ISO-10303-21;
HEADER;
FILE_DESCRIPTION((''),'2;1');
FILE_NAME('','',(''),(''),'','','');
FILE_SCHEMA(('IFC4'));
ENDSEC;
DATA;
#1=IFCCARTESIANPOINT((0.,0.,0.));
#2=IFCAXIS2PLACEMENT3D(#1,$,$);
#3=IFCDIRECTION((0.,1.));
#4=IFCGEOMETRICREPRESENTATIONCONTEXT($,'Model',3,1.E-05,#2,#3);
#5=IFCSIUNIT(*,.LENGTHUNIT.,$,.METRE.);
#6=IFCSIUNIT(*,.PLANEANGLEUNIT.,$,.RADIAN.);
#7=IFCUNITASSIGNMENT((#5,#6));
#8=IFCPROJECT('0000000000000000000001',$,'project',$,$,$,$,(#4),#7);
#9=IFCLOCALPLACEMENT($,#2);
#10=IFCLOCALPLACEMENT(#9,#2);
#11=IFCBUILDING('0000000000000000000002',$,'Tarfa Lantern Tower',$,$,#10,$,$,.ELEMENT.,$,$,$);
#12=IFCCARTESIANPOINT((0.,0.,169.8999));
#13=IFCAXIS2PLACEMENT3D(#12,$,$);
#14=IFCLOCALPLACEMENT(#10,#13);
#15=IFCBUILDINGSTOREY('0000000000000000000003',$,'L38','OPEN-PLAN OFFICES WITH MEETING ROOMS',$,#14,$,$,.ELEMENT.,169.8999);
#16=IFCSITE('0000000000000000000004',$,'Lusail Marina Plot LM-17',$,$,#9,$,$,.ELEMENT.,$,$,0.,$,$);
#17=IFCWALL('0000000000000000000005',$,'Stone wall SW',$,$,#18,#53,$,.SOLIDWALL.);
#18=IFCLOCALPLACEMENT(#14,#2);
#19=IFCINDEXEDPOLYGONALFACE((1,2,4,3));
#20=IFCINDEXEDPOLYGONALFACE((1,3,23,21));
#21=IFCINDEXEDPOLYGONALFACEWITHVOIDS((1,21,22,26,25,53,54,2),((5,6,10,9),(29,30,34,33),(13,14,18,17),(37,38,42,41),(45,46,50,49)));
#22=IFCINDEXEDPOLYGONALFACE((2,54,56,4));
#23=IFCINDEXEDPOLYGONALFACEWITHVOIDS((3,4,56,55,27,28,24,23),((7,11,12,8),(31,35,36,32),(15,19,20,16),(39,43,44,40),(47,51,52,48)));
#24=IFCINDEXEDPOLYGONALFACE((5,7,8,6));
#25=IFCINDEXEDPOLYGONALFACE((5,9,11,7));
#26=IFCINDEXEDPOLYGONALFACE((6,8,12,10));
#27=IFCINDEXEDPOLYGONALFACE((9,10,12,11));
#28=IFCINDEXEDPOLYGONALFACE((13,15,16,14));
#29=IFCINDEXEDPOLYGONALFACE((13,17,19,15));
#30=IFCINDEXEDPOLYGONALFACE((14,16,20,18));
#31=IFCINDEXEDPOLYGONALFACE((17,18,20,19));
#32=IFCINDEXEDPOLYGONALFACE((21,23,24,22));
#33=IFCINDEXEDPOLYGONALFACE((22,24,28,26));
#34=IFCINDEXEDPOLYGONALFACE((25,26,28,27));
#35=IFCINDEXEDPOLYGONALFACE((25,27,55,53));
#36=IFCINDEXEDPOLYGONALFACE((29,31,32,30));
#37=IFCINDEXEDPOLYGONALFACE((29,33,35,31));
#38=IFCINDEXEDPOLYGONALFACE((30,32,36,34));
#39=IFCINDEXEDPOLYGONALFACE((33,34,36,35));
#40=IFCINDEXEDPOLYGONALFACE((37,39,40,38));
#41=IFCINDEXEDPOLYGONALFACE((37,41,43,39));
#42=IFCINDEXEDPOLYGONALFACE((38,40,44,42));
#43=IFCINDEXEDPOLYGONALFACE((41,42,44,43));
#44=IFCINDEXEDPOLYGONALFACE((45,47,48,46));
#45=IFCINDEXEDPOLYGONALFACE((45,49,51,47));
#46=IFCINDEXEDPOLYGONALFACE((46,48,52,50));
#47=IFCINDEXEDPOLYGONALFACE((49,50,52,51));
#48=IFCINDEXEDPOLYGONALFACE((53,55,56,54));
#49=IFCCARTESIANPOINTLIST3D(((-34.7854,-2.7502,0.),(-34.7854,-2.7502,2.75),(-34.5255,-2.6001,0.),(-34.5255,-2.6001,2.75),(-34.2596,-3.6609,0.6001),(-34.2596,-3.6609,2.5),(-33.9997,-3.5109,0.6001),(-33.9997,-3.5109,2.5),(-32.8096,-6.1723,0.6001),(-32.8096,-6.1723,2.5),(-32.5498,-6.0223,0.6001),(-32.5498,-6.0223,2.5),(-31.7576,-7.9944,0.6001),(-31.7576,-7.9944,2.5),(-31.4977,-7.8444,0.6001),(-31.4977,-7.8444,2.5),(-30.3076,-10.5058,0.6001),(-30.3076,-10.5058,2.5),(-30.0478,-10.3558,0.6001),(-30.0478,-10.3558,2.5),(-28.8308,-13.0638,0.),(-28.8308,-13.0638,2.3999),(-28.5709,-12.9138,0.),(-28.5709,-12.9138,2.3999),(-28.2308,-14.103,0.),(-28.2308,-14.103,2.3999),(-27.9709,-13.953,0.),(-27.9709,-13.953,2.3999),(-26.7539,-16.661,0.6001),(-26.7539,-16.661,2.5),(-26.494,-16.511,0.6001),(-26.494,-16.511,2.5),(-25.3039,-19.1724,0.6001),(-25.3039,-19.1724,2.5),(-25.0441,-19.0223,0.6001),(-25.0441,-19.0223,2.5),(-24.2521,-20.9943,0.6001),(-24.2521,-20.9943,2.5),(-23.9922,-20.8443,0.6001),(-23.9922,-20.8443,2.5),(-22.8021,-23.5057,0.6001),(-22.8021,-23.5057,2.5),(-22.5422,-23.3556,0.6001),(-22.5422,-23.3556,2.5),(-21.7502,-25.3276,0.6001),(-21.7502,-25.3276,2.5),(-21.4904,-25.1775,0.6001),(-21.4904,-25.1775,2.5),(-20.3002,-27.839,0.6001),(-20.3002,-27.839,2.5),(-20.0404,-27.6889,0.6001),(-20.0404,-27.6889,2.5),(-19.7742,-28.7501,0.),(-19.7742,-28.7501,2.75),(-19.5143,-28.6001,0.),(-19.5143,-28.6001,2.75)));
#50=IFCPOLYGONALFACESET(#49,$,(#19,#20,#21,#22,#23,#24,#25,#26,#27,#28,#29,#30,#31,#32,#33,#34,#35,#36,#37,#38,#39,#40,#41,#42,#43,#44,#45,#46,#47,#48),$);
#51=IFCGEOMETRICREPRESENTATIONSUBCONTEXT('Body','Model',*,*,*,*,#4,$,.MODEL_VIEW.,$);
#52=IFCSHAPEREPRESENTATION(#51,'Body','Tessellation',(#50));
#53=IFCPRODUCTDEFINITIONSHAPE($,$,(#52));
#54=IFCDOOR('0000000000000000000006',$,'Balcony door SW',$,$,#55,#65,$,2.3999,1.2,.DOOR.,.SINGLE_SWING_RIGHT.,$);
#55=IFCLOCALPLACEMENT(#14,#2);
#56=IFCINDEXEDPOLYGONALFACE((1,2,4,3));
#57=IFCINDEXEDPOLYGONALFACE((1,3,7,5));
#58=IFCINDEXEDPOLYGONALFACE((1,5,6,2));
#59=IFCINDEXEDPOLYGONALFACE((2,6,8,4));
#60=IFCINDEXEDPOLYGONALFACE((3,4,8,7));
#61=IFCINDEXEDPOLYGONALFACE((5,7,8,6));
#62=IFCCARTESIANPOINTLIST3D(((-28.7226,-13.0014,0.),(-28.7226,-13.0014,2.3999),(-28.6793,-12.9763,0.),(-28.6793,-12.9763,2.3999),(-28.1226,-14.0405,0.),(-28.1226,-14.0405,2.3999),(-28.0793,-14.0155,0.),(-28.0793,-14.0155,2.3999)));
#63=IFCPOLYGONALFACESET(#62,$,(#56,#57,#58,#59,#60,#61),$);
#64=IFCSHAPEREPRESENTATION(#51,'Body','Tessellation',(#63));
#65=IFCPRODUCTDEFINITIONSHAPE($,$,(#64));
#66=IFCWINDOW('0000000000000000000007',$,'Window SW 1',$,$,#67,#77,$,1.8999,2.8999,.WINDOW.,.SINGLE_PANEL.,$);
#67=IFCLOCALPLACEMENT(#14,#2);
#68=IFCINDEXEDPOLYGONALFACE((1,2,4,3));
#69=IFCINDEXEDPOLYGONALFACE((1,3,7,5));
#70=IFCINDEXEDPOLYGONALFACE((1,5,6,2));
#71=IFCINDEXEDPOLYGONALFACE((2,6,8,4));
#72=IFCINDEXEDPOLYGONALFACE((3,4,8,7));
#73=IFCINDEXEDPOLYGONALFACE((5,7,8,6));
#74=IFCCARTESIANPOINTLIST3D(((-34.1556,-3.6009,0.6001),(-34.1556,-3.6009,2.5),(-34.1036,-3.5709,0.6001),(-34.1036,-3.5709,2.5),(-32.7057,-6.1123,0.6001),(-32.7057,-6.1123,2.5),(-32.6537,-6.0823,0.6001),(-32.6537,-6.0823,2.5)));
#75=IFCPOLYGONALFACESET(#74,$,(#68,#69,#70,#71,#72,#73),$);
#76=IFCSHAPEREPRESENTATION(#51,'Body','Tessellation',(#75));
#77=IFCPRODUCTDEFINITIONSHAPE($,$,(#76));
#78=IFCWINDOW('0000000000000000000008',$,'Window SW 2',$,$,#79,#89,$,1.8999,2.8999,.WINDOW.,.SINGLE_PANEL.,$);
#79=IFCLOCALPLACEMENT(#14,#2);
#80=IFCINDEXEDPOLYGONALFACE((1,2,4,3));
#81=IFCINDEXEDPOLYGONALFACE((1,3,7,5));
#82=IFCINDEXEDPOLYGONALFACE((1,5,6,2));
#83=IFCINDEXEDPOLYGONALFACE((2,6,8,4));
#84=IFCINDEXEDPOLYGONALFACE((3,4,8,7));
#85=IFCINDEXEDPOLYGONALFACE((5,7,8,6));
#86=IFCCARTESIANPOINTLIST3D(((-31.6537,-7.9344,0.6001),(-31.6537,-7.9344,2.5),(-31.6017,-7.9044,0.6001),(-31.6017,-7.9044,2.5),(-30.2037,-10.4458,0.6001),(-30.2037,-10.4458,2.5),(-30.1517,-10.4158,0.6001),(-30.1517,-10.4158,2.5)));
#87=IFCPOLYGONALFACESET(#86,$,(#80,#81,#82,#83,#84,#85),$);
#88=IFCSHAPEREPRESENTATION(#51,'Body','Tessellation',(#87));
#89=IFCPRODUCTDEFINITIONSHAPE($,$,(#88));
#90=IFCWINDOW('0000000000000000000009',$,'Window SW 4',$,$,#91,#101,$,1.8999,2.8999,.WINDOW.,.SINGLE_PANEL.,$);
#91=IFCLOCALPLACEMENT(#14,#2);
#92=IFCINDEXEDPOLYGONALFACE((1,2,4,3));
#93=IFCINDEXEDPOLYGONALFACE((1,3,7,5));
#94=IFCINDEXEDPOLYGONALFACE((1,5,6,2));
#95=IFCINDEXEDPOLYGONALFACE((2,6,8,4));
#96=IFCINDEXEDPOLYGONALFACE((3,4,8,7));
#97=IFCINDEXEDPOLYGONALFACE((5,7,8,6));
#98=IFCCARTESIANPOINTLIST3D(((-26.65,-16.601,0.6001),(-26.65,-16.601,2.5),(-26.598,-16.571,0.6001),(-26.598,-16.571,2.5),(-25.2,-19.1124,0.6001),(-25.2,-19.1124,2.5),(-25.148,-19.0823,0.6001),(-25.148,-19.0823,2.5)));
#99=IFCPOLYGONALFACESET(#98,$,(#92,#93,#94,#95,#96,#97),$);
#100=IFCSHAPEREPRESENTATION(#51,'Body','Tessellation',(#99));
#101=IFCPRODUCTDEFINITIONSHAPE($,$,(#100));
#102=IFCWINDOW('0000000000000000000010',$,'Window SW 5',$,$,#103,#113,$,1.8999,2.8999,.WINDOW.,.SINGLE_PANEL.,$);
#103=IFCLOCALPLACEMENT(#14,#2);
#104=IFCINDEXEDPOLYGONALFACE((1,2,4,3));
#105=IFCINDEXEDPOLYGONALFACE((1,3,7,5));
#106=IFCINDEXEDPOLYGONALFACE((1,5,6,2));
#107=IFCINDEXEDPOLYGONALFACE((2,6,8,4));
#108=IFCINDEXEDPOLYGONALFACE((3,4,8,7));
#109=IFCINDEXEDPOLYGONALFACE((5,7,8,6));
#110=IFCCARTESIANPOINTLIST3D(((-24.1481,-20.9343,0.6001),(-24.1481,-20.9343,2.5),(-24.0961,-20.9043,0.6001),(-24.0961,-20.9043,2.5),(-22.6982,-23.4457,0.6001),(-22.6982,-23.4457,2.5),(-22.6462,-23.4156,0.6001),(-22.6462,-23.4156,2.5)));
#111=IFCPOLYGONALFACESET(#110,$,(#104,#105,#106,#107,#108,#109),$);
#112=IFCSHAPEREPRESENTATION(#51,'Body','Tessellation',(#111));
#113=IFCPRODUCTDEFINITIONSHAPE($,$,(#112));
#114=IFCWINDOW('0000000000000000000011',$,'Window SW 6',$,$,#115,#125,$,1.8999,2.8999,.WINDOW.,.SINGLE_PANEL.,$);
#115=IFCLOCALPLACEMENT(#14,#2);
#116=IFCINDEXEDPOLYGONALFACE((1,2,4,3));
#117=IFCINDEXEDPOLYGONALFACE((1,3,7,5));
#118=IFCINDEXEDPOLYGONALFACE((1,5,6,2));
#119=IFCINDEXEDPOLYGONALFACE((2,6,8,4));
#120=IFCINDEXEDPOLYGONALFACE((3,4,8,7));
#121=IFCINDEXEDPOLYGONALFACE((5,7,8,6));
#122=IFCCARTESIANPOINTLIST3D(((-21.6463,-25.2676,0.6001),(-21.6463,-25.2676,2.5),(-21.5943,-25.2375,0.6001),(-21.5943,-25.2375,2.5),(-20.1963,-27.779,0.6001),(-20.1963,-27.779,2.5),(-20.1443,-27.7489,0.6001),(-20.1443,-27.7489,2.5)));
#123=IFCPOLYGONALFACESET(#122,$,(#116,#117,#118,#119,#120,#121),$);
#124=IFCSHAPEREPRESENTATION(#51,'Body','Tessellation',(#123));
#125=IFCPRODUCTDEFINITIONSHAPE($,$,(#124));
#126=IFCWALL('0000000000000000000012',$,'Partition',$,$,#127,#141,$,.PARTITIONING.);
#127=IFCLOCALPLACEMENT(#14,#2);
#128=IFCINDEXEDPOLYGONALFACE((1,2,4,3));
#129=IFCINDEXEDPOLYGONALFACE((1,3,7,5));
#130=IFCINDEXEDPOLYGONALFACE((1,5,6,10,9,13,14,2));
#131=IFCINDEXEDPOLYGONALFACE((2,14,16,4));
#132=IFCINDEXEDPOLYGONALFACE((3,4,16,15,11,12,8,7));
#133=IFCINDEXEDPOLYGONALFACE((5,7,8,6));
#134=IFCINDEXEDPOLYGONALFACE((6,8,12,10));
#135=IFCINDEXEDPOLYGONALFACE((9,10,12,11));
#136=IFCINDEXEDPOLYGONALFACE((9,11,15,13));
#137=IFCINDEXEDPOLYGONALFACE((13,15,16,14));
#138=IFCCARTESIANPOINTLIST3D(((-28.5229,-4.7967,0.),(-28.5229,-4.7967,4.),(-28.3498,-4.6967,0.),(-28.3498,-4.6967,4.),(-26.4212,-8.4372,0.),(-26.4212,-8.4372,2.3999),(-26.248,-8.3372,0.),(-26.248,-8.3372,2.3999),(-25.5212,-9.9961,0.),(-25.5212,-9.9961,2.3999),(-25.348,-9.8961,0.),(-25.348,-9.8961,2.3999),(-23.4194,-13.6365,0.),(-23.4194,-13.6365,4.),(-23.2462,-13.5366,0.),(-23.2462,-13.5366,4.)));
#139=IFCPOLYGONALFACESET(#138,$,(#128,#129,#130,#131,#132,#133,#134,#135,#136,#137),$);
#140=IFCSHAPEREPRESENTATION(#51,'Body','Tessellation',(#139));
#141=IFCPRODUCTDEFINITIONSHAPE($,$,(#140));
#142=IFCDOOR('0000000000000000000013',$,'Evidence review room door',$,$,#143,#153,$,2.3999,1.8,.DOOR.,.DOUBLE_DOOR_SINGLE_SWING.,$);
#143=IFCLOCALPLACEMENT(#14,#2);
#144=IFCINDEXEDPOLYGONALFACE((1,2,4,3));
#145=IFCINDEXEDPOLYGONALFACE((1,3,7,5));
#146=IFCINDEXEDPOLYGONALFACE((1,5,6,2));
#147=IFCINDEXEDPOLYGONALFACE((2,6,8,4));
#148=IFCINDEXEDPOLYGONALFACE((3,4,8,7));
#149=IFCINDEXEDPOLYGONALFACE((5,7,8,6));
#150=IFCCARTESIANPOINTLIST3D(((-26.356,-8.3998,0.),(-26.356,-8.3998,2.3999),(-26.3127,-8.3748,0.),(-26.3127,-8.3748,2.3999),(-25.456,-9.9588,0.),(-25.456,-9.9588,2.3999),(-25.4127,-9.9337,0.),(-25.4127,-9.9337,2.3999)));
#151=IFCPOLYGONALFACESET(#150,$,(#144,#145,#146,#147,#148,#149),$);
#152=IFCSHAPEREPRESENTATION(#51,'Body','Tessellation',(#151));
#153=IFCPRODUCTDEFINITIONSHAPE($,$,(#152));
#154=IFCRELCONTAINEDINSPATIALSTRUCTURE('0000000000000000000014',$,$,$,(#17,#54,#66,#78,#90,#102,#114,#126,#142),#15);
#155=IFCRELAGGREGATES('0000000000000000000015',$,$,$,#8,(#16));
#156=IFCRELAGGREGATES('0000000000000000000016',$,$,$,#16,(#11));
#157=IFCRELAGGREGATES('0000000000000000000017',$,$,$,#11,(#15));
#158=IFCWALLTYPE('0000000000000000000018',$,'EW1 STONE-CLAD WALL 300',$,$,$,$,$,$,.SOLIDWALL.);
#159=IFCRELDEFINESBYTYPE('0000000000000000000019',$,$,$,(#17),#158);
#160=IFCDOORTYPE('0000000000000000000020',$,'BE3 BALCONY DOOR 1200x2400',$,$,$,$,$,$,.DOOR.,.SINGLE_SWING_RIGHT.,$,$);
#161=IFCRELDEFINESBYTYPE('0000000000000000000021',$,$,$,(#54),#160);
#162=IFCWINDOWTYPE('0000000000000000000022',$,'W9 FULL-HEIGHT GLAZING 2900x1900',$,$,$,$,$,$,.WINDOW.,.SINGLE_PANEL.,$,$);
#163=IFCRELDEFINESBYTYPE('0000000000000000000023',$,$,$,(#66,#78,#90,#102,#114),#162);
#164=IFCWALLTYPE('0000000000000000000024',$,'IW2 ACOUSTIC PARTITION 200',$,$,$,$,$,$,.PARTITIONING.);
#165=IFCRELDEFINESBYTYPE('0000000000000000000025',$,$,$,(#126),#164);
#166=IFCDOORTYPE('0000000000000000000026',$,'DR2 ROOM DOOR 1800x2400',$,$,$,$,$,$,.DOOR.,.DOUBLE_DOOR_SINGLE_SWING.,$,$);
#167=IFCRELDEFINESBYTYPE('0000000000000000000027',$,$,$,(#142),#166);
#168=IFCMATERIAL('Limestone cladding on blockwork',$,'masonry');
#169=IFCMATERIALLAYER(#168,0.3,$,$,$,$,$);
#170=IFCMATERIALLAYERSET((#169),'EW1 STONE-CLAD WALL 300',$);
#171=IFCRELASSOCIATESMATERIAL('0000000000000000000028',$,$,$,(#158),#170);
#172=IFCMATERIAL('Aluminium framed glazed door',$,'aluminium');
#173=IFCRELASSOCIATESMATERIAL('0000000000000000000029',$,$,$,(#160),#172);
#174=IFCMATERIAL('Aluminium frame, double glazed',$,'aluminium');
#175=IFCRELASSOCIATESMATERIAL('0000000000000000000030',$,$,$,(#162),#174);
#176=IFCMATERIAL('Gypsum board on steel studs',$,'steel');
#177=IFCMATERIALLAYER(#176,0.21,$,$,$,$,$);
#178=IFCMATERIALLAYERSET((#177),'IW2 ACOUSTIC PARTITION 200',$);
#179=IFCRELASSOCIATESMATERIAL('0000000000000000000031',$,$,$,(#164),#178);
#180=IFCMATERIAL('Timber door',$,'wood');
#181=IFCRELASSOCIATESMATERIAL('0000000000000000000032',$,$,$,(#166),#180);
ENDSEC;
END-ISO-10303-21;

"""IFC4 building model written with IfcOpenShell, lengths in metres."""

from ifc_helpers import new_model, si_unit, direction, frame, frame_2d, origin, place, context, subcontext, project, spatial, rectangle, extrude, material, layer, layer_set, type_object, element, fill, save


model = new_model("IFC4")

# Units and contexts
model_context = context("Model", 3, precision=1e-05, world=origin(), true_north=direction((0.0, 1.0)))
body_context = subcontext(model_context, "Body", "Model", "MODEL_VIEW")
ifc_project = project(units=[si_unit("LENGTHUNIT", "METRE"), si_unit("PLANEANGLEUNIT", "RADIAN")], contexts=[model_context])

# Site, building, storey
site_placement = place(None, origin())
site = spatial("IfcSite", under=ifc_project, at=site_placement, Name="Lusail Marina Plot LM-17", CompositionType="ELEMENT", RefElevation=0.0)
building_placement = place(site_placement, origin())
building = spatial("IfcBuilding", under=site, at=building_placement, Name="Tarfa Lantern Tower", CompositionType="ELEMENT")
storey_placement = place(building_placement, frame((0.0, 0.0, 169.8999)))
storey = spatial("IfcBuildingStorey", under=building, at=storey_placement, Name="L38", Description="OPEN-PLAN OFFICES WITH MEETING ROOMS", CompositionType="ELEMENT", Elevation=169.8999)

# Wall, openings, door, windows
ifc_material_1 = material(Name="Limestone cladding on blockwork", Category="masonry")
ifc_layer_1 = layer(ifc_material_1, 0.3)
ifc_layer_set_1 = layer_set([ifc_layer_1], Name="EW1 STONE-CLAD WALL 300")
wall_type_1 = type_object("IfcWallType", Name="EW1 STONE-CLAD WALL 300", PredefinedType="SOLIDWALL", material=ifc_layer_set_1)
wall_1_placement = place(storey_placement, frame((-34.6555, -2.675, 0.0), z_axis=(0.0, 0.0, 1.0), x_axis=(0.500003, -0.866024, 0.0)))
wall_1 = element("IfcWall", 1, at=wall_1_placement, inside=storey, type_object=wall_type_1, Name="Stone wall SW", PredefinedType="SOLIDWALL", context=body_context, shape_type="SweptSolid", body=[
    extrude(rectangle(XDim=30.0222, YDim=0.3, at=frame_2d((15.0112, 0.0))), origin(), (0.0, 0.0, 1.0), 2.75),
])
opening_1_placement = place(wall_1_placement, frame((1.0518, 0.0, 0.6001)))
opening_1 = element("IfcOpeningElement", 2, at=opening_1_placement, cuts=wall_1, PredefinedType="OPENING", context=body_context, shape_type="SweptSolid", body=[
    extrude(rectangle(XDim=2.8999, YDim=1.8999, at=frame_2d((1.45, 0.95))), frame((0.0, 0.1599, 0.0), z_axis=(0.0, -1.0, 0.0), x_axis=(1.0, 0.0, 0.0)), (0.0, 0.0, 1.0), 0.3201),
])
opening_2_placement = place(wall_1_placement, frame((6.0557, 0.0, 0.6001)))
opening_2 = element("IfcOpeningElement", 3, at=opening_2_placement, cuts=wall_1, PredefinedType="OPENING", context=body_context, shape_type="SweptSolid", body=[
    extrude(rectangle(XDim=2.8999, YDim=1.8999, at=frame_2d((1.45, 0.95))), frame((0.0, 0.1599, 0.0), z_axis=(0.0, -1.0, 0.0), x_axis=(1.0, 0.0, 0.0)), (0.0, 0.0, 1.0), 0.3201),
])
opening_3_placement = place(wall_1_placement, frame((11.9092, 0.0, 0.0)))
opening_3 = element("IfcOpeningElement", 4, at=opening_3_placement, cuts=wall_1, PredefinedType="OPENING", context=body_context, shape_type="SweptSolid", body=[
    extrude(rectangle(XDim=1.2, YDim=2.3999, at=frame_2d((0.6001, 1.2))), frame((0.0, 0.1599, 0.0), z_axis=(0.0, -1.0, 0.0), x_axis=(1.0, 0.0, 0.0)), (0.0, 0.0, 1.0), 0.3201),
])
opening_4_placement = place(wall_1_placement, frame((16.063, 0.0, 0.6001)))
opening_4 = element("IfcOpeningElement", 5, at=opening_4_placement, cuts=wall_1, PredefinedType="OPENING", context=body_context, shape_type="SweptSolid", body=[
    extrude(rectangle(XDim=2.8999, YDim=1.8999, at=frame_2d((1.45, 0.95))), frame((0.0, 0.1599, 0.0), z_axis=(0.0, -1.0, 0.0), x_axis=(1.0, 0.0, 0.0)), (0.0, 0.0, 1.0), 0.3201),
])
opening_5_placement = place(wall_1_placement, frame((21.0667, 0.0, 0.6001)))
opening_5 = element("IfcOpeningElement", 6, at=opening_5_placement, cuts=wall_1, PredefinedType="OPENING", context=body_context, shape_type="SweptSolid", body=[
    extrude(rectangle(XDim=2.8999, YDim=1.8999, at=frame_2d((1.45, 0.95))), frame((0.0, 0.1599, 0.0), z_axis=(0.0, -1.0, 0.0), x_axis=(1.0, 0.0, 0.0)), (0.0, 0.0, 1.0), 0.3201),
])
opening_6_placement = place(wall_1_placement, frame((26.0703, 0.0, 0.6001)))
opening_6 = element("IfcOpeningElement", 7, at=opening_6_placement, cuts=wall_1, PredefinedType="OPENING", context=body_context, shape_type="SweptSolid", body=[
    extrude(rectangle(XDim=2.8999, YDim=1.8999, at=frame_2d((1.45, 0.95))), frame((0.0, 0.1599, 0.0), z_axis=(0.0, -1.0, 0.0), x_axis=(1.0, 0.0, 0.0)), (0.0, 0.0, 1.0), 0.3201),
])
ifc_material_2 = material(Name="Aluminium framed glazed door", Category="aluminium")
door_type_1 = type_object("IfcDoorType", Name="BE3 BALCONY DOOR 1200x2400", OperationType="SINGLE_SWING_RIGHT", PredefinedType="DOOR", material=ifc_material_2)
door_1_placement = place(opening_3_placement, origin())
door_1 = element("IfcDoor", 8, at=door_1_placement, inside=storey, type_object=door_type_1, Name="Balcony door SW", OperationType="SINGLE_SWING_RIGHT", OverallHeight=2.3999, OverallWidth=1.2, PredefinedType="DOOR", context=body_context, shape_type="SweptSolid", body=[
    extrude(rectangle(XDim=1.2, YDim=2.3999, at=frame_2d((0.6001, 1.2))), frame((0.0, 0.0249, 0.0), z_axis=(0.0, -1.0, 0.0), x_axis=(1.0, 0.0, 0.0)), (0.0, 0.0, 1.0), 0.05),
])
fill(opening_3, door_1)
ifc_material_3 = material(Name="Aluminium frame, double glazed", Category="aluminium")
window_type = type_object("IfcWindowType", Name="W9 FULL-HEIGHT GLAZING 2900x1900", PartitioningType="SINGLE_PANEL", PredefinedType="WINDOW", material=ifc_material_3)
window_1_placement = place(opening_1_placement, origin())
window_1 = element("IfcWindow", 9, at=window_1_placement, inside=storey, type_object=window_type, Name="Window SW 1", OverallHeight=1.8999, OverallWidth=2.8999, PartitioningType="SINGLE_PANEL", PredefinedType="WINDOW", context=body_context, shape_type="SweptSolid", body=[
    extrude(rectangle(XDim=2.8999, YDim=1.8999, at=frame_2d((1.45, 0.95))), frame((0.0, 0.03, 0.0), z_axis=(0.0, -1.0, 0.0), x_axis=(1.0, 0.0, 0.0)), (0.0, 0.0, 1.0), 0.0601),
])
fill(opening_1, window_1)
window_2_placement = place(opening_2_placement, origin())
window_2 = element("IfcWindow", 10, at=window_2_placement, inside=storey, type_object=window_type, Name="Window SW 2", OverallHeight=1.8999, OverallWidth=2.8999, PartitioningType="SINGLE_PANEL", PredefinedType="WINDOW", context=body_context, shape_type="SweptSolid", body=[
    extrude(rectangle(XDim=2.8999, YDim=1.8999, at=frame_2d((1.45, 0.95))), frame((0.0, 0.03, 0.0), z_axis=(0.0, -1.0, 0.0), x_axis=(1.0, 0.0, 0.0)), (0.0, 0.0, 1.0), 0.0601),
])
fill(opening_2, window_2)
window_3_placement = place(opening_4_placement, origin())
window_3 = element("IfcWindow", 11, at=window_3_placement, inside=storey, type_object=window_type, Name="Window SW 4", OverallHeight=1.8999, OverallWidth=2.8999, PartitioningType="SINGLE_PANEL", PredefinedType="WINDOW", context=body_context, shape_type="SweptSolid", body=[
    extrude(rectangle(XDim=2.8999, YDim=1.8999, at=frame_2d((1.45, 0.95))), frame((0.0, 0.03, 0.0), z_axis=(0.0, -1.0, 0.0), x_axis=(1.0, 0.0, 0.0)), (0.0, 0.0, 1.0), 0.0601),
])
fill(opening_4, window_3)
window_4_placement = place(opening_5_placement, origin())
window_4 = element("IfcWindow", 12, at=window_4_placement, inside=storey, type_object=window_type, Name="Window SW 5", OverallHeight=1.8999, OverallWidth=2.8999, PartitioningType="SINGLE_PANEL", PredefinedType="WINDOW", context=body_context, shape_type="SweptSolid", body=[
    extrude(rectangle(XDim=2.8999, YDim=1.8999, at=frame_2d((1.45, 0.95))), frame((0.0, 0.03, 0.0), z_axis=(0.0, -1.0, 0.0), x_axis=(1.0, 0.0, 0.0)), (0.0, 0.0, 1.0), 0.0601),
])
fill(opening_5, window_4)
window_5_placement = place(opening_6_placement, origin())
window_5 = element("IfcWindow", 13, at=window_5_placement, inside=storey, type_object=window_type, Name="Window SW 6", OverallHeight=1.8999, OverallWidth=2.8999, PartitioningType="SINGLE_PANEL", PredefinedType="WINDOW", context=body_context, shape_type="SweptSolid", body=[
    extrude(rectangle(XDim=2.8999, YDim=1.8999, at=frame_2d((1.45, 0.95))), frame((0.0, 0.03, 0.0), z_axis=(0.0, -1.0, 0.0), x_axis=(1.0, 0.0, 0.0)), (0.0, 0.0, 1.0), 0.0601),
])
fill(opening_6, window_5)

# Wall, opening, door
ifc_material_4 = material(Name="Gypsum board on steel studs", Category="steel")
ifc_layer_2 = layer(ifc_material_4, 0.21)
ifc_layer_set_2 = layer_set([ifc_layer_2], Name="IW2 ACOUSTIC PARTITION 200")
wall_type_2 = type_object("IfcWallType", Name="IW2 ACOUSTIC PARTITION 200", PredefinedType="PARTITIONING", material=ifc_layer_set_2)
wall_2_placement = place(storey_placement, frame((-28.4363, -4.7468, 0.0), z_axis=(0.0, 0.0, 1.0), x_axis=(0.499987, -0.866033, 0.0)))
wall_2 = element("IfcWall", 14, at=wall_2_placement, inside=storey, type_object=wall_type_2, Name="Partition", PredefinedType="PARTITIONING", context=body_context, shape_type="SweptSolid", body=[
    extrude(rectangle(XDim=10.2073, YDim=0.2, at=frame_2d((5.1035, 0.0))), origin(), (0.0, 0.0, 1.0), 4.0),
])
opening_7_placement = place(wall_2_placement, frame((4.2036, 0.0, 0.0)))
opening_7 = element("IfcOpeningElement", 15, at=opening_7_placement, cuts=wall_2, PredefinedType="OPENING", context=body_context, shape_type="SweptSolid", body=[
    extrude(rectangle(XDim=1.8, YDim=2.3999, at=frame_2d((0.8999, 1.2))), frame((0.0, 0.1099, 0.0), z_axis=(0.0, -1.0, 0.0), x_axis=(1.0, 0.0, 0.0)), (0.0, 0.0, 1.0), 0.22),
])
ifc_material_5 = material(Name="Timber door", Category="wood")
door_type_2 = type_object("IfcDoorType", Name="DR2 ROOM DOOR 1800x2400", OperationType="DOUBLE_DOOR_SINGLE_SWING", PredefinedType="DOOR", material=ifc_material_5)
door_2_placement = place(opening_7_placement, frame((1.8, 0.0, 0.0), z_axis=(0.0, 0.0, 1.0), x_axis=(-1.0, 0.0, 0.0)))
door_2 = element("IfcDoor", 16, at=door_2_placement, inside=storey, type_object=door_type_2, Name="Evidence review room door", OperationType="DOUBLE_DOOR_SINGLE_SWING", OverallHeight=2.3999, OverallWidth=1.8, PredefinedType="DOOR", context=body_context, shape_type="SweptSolid", body=[
    extrude(rectangle(XDim=1.8, YDim=2.3999, at=frame_2d((0.8999, 1.2))), frame((0.0, 0.0249, 0.0), z_axis=(0.0, -1.0, 0.0), x_axis=(1.0, 0.0, 0.0)), (0.0, 0.0, 1.0), 0.05),
])
fill(opening_7, door_2)

save(model, "model.ifc")
